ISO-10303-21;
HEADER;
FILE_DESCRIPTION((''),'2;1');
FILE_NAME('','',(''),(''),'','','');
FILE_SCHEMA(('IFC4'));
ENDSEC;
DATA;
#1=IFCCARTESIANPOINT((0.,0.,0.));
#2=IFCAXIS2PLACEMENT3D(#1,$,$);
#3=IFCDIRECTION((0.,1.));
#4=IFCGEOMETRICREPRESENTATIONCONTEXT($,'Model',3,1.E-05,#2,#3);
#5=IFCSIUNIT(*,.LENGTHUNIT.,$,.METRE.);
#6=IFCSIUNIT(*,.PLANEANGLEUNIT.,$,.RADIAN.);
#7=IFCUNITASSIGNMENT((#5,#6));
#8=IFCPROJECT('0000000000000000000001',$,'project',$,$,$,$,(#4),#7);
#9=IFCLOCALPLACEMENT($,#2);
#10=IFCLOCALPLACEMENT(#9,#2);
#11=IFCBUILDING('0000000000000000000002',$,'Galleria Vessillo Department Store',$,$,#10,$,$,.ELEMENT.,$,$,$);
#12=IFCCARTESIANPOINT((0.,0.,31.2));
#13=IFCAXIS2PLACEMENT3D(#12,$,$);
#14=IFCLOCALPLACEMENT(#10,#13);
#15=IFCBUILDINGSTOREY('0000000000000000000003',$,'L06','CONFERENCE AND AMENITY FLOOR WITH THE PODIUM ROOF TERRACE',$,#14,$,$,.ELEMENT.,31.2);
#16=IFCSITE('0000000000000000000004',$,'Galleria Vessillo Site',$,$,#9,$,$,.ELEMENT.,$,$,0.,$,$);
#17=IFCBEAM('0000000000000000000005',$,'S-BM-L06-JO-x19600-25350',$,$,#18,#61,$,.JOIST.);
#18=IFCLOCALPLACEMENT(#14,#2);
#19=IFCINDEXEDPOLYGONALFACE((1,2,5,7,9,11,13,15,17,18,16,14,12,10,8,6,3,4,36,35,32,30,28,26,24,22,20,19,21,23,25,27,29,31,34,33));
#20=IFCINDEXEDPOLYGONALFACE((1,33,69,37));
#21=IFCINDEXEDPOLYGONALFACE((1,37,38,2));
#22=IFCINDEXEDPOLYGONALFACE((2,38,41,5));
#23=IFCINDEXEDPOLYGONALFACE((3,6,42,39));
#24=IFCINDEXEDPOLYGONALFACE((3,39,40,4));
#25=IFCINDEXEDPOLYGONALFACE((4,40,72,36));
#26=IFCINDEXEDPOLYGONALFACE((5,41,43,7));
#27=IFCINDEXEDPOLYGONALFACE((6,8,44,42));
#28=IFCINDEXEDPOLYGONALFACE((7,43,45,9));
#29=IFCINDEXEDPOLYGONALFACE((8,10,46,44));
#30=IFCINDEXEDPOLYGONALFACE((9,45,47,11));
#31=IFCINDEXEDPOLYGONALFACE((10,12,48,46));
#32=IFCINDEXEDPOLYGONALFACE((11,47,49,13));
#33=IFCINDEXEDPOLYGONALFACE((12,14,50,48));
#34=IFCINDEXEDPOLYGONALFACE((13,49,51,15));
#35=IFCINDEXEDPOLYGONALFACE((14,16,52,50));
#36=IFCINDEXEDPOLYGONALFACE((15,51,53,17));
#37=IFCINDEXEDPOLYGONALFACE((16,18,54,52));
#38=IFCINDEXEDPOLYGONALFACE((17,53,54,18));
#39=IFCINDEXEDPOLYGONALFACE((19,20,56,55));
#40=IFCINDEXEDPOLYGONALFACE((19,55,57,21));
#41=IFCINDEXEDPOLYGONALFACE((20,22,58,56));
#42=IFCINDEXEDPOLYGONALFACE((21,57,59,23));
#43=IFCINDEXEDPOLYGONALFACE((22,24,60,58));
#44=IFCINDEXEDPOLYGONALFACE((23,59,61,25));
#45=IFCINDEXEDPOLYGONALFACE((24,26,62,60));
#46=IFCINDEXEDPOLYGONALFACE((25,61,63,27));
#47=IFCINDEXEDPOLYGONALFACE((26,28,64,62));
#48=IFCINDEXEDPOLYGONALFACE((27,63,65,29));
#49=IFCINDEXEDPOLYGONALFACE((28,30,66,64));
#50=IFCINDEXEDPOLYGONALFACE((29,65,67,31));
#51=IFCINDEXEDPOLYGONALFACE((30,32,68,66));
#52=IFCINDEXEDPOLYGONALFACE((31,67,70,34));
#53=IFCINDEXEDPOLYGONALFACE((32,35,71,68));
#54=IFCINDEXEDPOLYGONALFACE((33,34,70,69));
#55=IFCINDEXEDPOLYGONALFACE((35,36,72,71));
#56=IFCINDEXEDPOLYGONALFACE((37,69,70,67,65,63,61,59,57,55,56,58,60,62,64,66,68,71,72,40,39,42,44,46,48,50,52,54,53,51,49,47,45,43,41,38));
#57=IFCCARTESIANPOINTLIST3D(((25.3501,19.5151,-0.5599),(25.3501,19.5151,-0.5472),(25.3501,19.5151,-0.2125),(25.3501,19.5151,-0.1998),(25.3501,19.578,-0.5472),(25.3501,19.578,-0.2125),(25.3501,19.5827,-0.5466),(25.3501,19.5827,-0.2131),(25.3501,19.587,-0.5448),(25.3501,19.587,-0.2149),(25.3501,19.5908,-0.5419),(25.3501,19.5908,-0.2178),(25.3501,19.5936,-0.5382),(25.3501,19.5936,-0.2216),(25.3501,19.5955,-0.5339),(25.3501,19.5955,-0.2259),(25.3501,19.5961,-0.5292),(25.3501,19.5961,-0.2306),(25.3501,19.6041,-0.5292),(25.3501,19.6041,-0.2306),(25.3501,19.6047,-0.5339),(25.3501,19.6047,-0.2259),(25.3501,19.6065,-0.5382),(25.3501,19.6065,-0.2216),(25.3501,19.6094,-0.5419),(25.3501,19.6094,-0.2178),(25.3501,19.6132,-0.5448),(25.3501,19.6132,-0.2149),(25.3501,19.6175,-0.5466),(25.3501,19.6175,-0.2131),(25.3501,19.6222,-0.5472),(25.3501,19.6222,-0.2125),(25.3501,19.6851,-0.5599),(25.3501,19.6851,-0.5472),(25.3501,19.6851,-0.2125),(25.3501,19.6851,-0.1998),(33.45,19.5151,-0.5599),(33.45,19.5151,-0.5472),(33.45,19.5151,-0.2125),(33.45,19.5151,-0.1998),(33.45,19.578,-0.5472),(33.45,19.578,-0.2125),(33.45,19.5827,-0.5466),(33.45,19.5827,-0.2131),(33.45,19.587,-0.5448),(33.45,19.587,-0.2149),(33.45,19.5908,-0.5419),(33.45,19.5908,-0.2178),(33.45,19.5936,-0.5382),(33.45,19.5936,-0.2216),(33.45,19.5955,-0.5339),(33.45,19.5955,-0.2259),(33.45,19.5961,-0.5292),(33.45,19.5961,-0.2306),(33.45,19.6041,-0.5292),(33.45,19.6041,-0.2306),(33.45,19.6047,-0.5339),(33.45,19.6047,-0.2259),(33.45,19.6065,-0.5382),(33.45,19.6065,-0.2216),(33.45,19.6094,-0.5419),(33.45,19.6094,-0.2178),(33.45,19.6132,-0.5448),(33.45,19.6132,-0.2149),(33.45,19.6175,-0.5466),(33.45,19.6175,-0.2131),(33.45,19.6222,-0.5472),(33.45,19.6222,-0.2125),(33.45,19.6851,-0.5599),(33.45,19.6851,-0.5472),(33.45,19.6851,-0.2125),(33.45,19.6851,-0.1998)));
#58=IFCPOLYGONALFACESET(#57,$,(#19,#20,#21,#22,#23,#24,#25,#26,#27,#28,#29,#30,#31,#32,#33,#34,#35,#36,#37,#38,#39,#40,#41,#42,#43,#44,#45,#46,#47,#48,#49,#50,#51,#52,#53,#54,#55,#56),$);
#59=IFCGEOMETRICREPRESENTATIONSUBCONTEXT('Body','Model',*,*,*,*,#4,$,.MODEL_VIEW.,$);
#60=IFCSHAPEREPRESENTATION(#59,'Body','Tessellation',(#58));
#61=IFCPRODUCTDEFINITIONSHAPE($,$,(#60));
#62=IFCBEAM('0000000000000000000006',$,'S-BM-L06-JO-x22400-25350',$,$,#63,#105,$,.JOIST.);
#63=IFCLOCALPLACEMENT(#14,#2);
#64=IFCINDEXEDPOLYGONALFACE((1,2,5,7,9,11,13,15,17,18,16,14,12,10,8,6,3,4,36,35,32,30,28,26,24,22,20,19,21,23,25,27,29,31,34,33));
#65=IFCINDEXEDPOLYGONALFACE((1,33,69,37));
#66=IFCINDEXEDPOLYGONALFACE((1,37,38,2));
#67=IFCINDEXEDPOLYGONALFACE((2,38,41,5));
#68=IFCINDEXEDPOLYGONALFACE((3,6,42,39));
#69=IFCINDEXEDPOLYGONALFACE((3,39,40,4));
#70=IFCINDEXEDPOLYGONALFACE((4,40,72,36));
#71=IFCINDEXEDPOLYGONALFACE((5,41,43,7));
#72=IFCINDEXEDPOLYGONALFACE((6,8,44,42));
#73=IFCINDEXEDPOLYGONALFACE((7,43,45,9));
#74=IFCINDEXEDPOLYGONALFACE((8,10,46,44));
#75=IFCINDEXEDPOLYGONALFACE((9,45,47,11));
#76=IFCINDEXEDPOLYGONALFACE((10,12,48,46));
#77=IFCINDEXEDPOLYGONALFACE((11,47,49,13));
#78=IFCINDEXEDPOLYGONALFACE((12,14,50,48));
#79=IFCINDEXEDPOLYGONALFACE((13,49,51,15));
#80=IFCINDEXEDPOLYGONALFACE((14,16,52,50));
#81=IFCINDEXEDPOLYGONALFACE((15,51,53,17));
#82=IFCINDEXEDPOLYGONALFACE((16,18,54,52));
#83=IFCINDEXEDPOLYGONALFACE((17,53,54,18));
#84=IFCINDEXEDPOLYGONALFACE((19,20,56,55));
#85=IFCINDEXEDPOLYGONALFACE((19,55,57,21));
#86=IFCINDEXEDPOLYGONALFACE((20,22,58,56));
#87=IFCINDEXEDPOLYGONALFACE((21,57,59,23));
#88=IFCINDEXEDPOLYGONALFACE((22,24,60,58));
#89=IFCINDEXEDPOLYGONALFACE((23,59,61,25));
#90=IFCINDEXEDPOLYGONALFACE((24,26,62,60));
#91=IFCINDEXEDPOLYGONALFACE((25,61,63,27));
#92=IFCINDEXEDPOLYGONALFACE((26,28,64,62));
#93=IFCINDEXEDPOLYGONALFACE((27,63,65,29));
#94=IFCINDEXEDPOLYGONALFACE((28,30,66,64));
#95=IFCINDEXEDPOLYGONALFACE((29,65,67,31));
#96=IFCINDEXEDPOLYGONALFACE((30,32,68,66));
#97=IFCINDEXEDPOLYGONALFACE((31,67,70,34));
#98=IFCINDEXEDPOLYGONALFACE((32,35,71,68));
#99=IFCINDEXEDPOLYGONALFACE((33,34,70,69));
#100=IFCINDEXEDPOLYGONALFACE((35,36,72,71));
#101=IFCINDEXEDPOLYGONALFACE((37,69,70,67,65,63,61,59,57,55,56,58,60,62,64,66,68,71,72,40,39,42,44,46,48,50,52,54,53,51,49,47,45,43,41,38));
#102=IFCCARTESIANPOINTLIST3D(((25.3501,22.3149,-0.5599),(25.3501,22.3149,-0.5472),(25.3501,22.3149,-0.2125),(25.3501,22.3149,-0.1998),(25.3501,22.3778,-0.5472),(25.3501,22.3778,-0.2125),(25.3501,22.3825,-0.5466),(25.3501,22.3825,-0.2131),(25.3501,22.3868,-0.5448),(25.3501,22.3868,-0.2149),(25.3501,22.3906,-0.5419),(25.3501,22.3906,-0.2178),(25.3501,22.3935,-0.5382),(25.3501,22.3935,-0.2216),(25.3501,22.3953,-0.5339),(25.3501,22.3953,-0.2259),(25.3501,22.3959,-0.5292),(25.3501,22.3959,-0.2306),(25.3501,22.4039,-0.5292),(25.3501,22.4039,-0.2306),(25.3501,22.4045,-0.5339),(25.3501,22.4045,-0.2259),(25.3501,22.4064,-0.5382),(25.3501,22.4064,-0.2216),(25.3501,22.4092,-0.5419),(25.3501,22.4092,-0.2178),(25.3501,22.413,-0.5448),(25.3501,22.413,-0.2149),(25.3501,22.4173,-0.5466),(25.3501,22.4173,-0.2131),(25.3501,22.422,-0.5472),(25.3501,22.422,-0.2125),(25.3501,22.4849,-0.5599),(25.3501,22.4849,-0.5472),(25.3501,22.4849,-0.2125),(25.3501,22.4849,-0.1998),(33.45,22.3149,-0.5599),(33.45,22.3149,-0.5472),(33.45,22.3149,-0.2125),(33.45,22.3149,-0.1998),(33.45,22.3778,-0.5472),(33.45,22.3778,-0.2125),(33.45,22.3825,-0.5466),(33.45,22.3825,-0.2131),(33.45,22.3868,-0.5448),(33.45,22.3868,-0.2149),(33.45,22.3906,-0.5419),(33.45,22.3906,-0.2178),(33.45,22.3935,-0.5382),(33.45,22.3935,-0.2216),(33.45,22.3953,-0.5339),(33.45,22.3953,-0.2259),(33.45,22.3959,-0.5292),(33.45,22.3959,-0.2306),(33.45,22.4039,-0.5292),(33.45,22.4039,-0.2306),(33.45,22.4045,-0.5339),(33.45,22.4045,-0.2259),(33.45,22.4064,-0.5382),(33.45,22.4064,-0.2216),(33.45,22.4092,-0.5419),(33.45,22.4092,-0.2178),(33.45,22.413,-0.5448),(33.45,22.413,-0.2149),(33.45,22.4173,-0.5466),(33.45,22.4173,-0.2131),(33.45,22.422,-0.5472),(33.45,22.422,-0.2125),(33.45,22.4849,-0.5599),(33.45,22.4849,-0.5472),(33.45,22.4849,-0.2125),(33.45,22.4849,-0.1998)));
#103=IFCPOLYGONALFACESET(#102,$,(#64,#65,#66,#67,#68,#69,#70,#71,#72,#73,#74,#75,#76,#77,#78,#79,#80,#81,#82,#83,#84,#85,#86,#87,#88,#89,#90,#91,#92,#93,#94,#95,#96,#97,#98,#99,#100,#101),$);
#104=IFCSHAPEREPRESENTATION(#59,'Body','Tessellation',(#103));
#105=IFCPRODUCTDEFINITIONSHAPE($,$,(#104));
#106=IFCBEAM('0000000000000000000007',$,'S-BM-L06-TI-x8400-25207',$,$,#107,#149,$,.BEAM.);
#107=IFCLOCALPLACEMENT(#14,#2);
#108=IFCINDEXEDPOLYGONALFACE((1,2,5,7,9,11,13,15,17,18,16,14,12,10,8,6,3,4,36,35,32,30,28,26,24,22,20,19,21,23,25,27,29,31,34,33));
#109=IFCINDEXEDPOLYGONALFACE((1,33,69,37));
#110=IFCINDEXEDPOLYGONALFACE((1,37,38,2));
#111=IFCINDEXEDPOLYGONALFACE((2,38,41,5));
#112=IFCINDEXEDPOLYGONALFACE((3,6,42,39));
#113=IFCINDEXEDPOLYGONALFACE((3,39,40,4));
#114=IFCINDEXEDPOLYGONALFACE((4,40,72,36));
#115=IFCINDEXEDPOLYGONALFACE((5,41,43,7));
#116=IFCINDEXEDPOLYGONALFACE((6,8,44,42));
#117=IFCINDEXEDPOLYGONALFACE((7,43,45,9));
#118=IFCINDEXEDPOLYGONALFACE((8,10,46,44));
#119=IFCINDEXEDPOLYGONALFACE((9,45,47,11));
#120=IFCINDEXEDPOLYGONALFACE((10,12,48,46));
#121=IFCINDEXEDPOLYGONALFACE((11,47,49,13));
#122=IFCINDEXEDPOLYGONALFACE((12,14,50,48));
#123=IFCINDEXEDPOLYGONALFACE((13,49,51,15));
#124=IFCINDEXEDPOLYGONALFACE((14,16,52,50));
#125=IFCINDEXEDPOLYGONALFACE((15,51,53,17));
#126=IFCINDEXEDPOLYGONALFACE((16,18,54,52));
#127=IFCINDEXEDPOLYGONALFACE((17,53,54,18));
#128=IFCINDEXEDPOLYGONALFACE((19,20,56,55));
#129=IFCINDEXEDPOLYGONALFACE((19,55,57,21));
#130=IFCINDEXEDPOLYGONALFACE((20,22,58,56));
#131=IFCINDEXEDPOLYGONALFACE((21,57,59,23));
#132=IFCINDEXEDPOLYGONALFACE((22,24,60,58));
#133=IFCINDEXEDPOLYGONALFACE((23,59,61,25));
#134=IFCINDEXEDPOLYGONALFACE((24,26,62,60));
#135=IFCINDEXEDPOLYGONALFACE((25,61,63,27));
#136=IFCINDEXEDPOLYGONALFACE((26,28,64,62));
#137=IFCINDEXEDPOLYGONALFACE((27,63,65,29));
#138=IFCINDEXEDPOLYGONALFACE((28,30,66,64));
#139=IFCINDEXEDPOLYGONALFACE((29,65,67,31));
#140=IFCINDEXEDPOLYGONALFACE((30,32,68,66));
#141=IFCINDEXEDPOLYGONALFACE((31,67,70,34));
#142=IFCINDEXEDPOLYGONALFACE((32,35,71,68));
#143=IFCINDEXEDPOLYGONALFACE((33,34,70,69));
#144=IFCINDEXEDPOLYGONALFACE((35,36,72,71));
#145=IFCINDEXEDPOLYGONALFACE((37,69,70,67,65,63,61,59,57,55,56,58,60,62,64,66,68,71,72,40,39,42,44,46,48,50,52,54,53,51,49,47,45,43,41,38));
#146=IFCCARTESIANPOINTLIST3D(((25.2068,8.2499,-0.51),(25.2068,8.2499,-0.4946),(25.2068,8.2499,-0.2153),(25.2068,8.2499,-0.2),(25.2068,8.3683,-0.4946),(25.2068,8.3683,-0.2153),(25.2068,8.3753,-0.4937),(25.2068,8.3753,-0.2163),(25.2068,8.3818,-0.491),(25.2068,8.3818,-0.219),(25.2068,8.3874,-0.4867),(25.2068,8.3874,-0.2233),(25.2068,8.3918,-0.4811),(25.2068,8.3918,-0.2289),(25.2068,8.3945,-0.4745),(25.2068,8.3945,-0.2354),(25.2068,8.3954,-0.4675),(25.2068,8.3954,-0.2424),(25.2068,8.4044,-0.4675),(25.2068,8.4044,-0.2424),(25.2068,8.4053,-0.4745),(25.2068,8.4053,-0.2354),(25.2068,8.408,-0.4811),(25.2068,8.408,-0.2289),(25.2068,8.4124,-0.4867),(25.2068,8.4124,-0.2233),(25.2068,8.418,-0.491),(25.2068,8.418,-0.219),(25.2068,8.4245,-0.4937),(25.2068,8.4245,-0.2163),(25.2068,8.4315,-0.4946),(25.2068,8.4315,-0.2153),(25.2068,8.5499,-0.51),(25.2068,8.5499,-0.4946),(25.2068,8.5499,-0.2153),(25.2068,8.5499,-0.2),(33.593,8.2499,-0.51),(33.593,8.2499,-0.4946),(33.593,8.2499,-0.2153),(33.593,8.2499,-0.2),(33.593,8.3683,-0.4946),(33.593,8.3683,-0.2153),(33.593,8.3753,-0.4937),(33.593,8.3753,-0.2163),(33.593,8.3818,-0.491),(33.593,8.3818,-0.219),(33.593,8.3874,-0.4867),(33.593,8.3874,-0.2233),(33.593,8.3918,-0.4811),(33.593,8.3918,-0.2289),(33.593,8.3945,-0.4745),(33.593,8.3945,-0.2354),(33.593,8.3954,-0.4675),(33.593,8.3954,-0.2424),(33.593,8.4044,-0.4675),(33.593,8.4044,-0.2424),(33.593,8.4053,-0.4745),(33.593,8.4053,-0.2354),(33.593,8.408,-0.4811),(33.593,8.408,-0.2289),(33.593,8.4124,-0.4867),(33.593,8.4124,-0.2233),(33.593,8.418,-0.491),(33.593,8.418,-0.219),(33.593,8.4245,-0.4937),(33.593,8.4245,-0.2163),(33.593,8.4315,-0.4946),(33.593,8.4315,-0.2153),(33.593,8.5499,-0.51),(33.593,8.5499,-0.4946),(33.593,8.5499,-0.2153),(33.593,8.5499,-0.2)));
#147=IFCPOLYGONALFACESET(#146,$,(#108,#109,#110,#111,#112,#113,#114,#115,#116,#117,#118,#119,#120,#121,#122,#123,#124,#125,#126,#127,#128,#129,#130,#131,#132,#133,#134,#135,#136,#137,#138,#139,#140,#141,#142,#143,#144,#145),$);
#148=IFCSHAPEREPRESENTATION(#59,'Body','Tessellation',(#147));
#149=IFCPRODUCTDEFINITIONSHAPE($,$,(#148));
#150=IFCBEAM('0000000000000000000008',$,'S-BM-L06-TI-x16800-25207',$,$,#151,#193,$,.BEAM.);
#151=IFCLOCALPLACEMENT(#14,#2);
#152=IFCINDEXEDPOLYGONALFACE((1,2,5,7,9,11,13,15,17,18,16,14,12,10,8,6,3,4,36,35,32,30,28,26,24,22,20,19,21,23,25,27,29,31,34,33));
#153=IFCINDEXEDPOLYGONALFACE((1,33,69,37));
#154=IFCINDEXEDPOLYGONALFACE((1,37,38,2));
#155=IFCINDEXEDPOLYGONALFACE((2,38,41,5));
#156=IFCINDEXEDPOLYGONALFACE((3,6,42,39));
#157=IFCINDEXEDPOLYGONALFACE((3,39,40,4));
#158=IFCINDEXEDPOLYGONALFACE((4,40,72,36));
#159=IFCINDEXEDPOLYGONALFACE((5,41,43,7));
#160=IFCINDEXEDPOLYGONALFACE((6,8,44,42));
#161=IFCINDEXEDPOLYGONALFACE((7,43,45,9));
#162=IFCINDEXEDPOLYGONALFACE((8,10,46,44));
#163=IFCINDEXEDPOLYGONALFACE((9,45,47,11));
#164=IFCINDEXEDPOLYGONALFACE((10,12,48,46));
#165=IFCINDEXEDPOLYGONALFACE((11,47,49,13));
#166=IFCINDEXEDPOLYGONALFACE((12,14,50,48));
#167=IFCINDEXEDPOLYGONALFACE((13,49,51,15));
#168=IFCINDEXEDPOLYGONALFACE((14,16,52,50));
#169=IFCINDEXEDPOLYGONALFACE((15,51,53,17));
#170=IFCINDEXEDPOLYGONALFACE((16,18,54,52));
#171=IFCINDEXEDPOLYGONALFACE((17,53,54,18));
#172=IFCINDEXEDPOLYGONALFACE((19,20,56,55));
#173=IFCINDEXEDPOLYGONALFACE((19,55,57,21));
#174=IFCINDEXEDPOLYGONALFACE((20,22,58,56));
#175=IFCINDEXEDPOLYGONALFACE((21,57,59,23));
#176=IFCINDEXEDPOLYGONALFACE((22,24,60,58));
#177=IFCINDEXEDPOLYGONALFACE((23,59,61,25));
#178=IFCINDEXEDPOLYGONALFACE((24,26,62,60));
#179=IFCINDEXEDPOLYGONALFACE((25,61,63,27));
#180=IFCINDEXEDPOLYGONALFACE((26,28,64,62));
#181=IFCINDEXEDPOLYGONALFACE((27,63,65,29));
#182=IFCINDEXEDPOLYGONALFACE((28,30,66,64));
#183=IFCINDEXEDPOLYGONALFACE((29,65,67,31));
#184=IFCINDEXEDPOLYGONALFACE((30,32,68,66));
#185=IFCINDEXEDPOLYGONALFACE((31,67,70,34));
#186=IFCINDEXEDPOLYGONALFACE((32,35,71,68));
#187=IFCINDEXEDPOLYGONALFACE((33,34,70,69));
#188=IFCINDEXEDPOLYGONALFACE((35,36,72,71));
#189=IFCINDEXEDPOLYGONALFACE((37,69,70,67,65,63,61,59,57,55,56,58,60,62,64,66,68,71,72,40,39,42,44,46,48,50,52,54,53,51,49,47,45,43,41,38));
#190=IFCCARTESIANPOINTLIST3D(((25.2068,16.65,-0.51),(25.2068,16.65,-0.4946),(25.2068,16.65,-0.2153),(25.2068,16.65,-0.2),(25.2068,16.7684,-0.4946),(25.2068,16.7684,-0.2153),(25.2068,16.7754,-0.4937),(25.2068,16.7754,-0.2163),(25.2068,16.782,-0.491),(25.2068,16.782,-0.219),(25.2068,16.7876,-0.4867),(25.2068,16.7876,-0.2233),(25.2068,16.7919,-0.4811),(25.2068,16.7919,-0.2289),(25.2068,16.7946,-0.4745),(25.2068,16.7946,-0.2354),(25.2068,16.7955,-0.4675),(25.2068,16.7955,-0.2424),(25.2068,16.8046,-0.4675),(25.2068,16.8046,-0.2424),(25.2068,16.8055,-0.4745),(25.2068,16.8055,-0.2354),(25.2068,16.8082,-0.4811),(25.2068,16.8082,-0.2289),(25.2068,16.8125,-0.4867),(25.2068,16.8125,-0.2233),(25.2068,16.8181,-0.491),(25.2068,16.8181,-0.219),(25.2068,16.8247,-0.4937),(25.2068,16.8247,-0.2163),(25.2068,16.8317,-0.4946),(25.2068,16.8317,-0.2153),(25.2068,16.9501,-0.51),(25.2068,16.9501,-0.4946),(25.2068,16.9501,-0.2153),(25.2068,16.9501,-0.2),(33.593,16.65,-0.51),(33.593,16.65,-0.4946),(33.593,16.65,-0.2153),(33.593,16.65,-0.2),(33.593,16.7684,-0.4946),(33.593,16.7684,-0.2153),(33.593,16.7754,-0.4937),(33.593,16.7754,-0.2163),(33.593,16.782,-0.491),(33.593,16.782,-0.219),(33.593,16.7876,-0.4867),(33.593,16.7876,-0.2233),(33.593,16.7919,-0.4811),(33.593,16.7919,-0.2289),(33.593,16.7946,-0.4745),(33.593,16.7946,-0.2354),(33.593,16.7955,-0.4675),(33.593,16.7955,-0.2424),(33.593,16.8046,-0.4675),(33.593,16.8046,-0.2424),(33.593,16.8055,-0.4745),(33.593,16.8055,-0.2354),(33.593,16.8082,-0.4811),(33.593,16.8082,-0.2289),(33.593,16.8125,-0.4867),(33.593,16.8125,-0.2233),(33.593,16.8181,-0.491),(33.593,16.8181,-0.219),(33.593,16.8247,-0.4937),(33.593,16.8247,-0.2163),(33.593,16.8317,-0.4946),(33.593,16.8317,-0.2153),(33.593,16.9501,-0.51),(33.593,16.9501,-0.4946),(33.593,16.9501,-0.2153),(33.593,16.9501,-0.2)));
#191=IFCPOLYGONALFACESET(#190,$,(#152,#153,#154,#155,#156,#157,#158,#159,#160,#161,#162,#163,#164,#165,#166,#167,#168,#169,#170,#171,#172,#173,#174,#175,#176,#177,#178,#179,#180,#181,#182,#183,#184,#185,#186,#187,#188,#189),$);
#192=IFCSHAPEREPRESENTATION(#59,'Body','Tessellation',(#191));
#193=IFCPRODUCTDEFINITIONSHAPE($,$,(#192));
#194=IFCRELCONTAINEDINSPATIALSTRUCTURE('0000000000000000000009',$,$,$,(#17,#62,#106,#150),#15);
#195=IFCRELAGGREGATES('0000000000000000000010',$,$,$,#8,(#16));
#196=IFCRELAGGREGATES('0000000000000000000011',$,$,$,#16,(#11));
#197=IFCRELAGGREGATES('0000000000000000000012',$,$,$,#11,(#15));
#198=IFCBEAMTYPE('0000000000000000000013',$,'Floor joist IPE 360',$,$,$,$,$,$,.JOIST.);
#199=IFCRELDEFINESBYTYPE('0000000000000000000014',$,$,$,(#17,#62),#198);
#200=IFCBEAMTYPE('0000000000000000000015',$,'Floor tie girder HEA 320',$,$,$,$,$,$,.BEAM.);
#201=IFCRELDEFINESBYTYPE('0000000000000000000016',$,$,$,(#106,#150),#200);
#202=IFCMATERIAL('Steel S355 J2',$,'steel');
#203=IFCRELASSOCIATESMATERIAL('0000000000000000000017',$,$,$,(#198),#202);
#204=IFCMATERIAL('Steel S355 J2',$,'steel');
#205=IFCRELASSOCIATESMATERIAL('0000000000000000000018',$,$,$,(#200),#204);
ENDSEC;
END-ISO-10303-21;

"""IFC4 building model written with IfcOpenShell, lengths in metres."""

from ifc_helpers import new_model, si_unit, direction, frame, origin, origin_2d, place, context, subcontext, project, spatial, i_section, extrude, material, material_profile, profile_set, type_object, element, save


model = new_model("IFC4")

# Units and contexts
model_context = context("Model", 3, precision=1e-05, world=origin(), true_north=direction((0.0, 1.0)))
body_context = subcontext(model_context, "Body", "Model", "MODEL_VIEW")
ifc_project = project(units=[si_unit("LENGTHUNIT", "METRE"), si_unit("PLANEANGLEUNIT", "RADIAN")], contexts=[model_context])

# Site, building, storey
site_placement = place(None, origin())
site = spatial("IfcSite", under=ifc_project, at=site_placement, Name="Galleria Vessillo Site", CompositionType="ELEMENT", RefElevation=0.0)
building_placement = place(site_placement, origin())
building = spatial("IfcBuilding", under=site, at=building_placement, Name="Galleria Vessillo Department Store", CompositionType="ELEMENT")
storey_placement = place(building_placement, frame((0.0, 0.0, 31.2)))
storey = spatial("IfcBuildingStorey", under=building, at=storey_placement, Name="L06", Description="CONFERENCE AND AMENITY FLOOR WITH THE PODIUM ROOF TERRACE", CompositionType="ELEMENT", Elevation=31.2)

# Beams
ifc_material_1 = material(Name="Steel S355 J2", Category="steel")
ifc_material_profile_1 = material_profile(ifc_material_1, i_section(OverallWidth=0.1699, OverallDepth=0.3601, WebThickness=0.0081, FlangeThickness=0.0127, FilletRadius=0.0181, at=origin_2d()), Name="IPE 360")
ifc_profile_set_1 = profile_set([ifc_material_profile_1], Name="Steel S355 J2")
beam_type_1 = type_object("IfcBeamType", Name="Floor joist IPE 360", PredefinedType="JOIST", material=ifc_profile_set_1)
for number, where, z_axis, x_axis, name in (
    (1, (25.3501, 19.6001, -0.3799), (1.0, 0.0, 0.0), (0.0, 1.0, 0.0), "S-BM-L06-JO-x19600-25350"),
    (2, (25.3501, 22.3999, -0.3799), (1.0, 0.0, 0.0), (0.0, 1.0, 0.0), "S-BM-L06-JO-x22400-25350"),
):
    element("IfcBeam", number, at=place(storey_placement, frame(where, z_axis=z_axis, x_axis=x_axis)), inside=storey, type_object=beam_type_1, Name=name, PredefinedType="JOIST", context=body_context, shape_type="SweptSolid", body=[
        extrude(i_section(OverallWidth=0.1699, OverallDepth=0.3601, WebThickness=0.0081, FlangeThickness=0.0127, FilletRadius=0.0181, at=origin_2d()), origin(), (0.0, 0.0, 1.0), 8.0999),
    ])
ifc_material_2 = material(Name="Steel S355 J2", Category="steel")
ifc_material_profile_2 = material_profile(ifc_material_2, i_section(OverallWidth=0.3, OverallDepth=0.3101, WebThickness=0.009, FlangeThickness=0.0154, FilletRadius=0.0271, at=origin_2d()), Name="HEA 320")
ifc_profile_set_2 = profile_set([ifc_material_profile_2], Name="Steel S355 J2")
beam_type_2 = type_object("IfcBeamType", Name="Floor tie girder HEA 320", PredefinedType="BEAM", material=ifc_profile_set_2)
for number, where, z_axis, x_axis, name in (
    (3, (25.2068, 8.3999, -0.355), (1.0, 0.0, 0.0), (0.0, 1.0, 0.0), "S-BM-L06-TI-x8400-25207"),
    (4, (25.2068, 16.8, -0.355), (1.0, 0.0, 0.0), (0.0, 1.0, 0.0), "S-BM-L06-TI-x16800-25207"),
):
    element("IfcBeam", number, at=place(storey_placement, frame(where, z_axis=z_axis, x_axis=x_axis)), inside=storey, type_object=beam_type_2, Name=name, PredefinedType="BEAM", context=body_context, shape_type="SweptSolid", body=[
        extrude(i_section(OverallWidth=0.3, OverallDepth=0.3101, WebThickness=0.009, FlangeThickness=0.0154, FilletRadius=0.0271, at=origin_2d()), origin(), (0.0, 0.0, 1.0), 8.3862),
    ])

save(model, "model.ifc")
